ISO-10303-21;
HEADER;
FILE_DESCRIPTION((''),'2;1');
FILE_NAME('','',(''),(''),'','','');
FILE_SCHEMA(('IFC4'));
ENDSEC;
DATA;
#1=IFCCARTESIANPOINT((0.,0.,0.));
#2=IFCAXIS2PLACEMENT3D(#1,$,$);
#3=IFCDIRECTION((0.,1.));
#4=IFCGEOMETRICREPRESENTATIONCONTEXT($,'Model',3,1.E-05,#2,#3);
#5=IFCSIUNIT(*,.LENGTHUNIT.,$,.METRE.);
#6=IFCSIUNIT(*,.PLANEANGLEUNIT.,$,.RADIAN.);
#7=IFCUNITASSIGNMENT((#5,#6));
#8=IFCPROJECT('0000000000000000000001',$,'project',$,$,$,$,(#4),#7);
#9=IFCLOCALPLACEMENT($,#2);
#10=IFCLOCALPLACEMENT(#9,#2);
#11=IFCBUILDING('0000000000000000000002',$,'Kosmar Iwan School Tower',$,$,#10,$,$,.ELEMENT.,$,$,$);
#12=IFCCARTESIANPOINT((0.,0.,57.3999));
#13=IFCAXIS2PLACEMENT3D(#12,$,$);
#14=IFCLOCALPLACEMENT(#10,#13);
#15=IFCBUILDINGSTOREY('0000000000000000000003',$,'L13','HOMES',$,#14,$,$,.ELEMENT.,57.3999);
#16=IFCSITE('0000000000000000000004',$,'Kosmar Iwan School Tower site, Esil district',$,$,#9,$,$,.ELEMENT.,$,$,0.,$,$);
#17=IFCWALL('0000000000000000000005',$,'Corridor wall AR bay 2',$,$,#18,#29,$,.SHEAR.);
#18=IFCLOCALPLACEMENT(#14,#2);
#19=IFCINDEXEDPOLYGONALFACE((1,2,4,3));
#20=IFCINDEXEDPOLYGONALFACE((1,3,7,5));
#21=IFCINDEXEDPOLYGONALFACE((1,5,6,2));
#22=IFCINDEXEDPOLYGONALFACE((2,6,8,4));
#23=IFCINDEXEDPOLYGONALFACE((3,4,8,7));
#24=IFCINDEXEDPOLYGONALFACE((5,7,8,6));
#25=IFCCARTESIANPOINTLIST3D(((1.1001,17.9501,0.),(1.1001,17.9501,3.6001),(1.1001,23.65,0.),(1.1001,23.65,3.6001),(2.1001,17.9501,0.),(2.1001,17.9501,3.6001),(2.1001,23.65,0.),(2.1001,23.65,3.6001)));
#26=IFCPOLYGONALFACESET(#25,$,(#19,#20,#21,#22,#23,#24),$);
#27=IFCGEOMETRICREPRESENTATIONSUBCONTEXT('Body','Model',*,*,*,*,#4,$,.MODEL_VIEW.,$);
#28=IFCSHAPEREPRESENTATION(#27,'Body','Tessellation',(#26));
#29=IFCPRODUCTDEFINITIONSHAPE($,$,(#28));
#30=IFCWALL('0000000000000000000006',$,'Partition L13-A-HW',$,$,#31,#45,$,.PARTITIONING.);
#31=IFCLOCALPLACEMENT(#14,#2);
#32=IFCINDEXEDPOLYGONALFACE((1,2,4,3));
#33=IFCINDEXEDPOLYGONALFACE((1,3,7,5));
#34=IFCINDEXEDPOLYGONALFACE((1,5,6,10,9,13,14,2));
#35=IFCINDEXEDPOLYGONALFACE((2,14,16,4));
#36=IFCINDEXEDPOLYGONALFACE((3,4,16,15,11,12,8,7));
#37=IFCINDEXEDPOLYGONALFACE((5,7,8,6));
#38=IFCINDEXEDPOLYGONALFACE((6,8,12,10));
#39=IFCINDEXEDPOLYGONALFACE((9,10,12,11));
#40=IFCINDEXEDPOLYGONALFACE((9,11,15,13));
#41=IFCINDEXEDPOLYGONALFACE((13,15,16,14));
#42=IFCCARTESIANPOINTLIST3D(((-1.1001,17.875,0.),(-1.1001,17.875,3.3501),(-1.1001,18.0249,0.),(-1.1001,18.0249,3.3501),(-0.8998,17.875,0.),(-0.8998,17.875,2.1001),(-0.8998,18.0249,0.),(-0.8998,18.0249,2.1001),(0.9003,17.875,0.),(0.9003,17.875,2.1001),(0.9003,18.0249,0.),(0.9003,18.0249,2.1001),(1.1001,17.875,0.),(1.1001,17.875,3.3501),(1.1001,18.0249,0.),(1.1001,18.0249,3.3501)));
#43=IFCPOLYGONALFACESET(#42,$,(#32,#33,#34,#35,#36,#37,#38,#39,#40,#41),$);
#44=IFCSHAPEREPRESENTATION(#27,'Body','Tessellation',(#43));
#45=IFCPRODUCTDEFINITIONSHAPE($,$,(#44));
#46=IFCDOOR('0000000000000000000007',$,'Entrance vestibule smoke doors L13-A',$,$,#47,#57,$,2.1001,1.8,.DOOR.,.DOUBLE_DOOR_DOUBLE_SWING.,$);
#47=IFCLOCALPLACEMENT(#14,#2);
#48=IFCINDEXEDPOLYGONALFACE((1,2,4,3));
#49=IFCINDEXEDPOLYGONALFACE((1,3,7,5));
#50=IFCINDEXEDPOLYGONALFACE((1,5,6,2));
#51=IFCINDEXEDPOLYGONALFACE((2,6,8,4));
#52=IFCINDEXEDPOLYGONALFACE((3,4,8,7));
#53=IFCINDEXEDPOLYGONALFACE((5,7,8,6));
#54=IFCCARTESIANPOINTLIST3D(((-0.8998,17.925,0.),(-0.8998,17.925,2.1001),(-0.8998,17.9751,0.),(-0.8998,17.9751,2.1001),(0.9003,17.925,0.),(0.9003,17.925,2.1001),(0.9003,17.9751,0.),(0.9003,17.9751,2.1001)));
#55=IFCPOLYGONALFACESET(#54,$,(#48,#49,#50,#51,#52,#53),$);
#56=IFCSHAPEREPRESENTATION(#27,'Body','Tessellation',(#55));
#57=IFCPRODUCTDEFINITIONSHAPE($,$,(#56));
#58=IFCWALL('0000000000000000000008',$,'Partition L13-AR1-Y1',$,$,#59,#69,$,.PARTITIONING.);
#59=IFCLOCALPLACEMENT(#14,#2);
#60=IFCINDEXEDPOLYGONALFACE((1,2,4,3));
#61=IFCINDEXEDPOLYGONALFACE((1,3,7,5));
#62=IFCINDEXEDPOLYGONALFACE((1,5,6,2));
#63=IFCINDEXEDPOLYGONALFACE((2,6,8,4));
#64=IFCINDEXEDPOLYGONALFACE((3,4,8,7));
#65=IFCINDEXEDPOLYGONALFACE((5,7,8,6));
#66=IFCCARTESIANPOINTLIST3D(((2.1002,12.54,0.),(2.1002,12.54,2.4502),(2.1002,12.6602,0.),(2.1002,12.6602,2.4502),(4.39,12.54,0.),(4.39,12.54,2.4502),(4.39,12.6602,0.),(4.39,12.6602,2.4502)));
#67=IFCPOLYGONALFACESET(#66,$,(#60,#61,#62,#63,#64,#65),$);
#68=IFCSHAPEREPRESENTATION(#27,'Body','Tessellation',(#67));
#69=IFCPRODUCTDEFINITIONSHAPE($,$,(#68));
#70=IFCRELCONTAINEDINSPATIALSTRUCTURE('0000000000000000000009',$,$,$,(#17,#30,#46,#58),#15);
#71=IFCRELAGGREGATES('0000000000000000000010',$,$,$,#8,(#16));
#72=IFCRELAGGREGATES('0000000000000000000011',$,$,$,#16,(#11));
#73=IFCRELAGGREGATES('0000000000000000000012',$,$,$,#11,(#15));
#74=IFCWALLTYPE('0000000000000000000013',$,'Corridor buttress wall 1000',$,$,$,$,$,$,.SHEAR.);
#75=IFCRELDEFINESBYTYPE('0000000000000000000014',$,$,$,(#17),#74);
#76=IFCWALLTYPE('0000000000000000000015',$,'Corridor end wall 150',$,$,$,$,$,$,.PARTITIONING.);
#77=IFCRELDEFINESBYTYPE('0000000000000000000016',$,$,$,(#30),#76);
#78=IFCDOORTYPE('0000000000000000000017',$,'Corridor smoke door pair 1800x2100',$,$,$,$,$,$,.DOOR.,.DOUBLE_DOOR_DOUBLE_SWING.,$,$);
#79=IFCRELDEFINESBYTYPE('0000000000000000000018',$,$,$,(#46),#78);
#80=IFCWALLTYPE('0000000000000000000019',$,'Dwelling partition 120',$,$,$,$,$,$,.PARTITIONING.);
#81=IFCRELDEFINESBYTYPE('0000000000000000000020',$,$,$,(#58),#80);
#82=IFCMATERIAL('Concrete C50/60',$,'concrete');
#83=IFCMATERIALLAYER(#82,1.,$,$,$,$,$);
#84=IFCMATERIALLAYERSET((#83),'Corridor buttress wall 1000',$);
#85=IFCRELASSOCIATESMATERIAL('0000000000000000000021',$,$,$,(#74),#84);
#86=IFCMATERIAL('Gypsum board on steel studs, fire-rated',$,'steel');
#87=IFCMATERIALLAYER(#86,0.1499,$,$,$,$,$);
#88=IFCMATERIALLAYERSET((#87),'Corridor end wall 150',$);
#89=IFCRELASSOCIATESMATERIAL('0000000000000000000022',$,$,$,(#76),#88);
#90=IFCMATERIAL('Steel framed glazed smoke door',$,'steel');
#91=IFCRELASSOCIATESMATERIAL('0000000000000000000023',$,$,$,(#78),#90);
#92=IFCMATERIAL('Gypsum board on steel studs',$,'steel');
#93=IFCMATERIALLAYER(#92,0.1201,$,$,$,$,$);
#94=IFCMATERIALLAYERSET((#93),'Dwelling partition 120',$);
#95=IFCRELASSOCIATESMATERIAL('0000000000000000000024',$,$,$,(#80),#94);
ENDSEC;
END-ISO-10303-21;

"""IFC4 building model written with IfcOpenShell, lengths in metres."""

from ifc_helpers import new_model, si_unit, direction, frame, frame_2d, origin, place, context, subcontext, project, spatial, rectangle, extrude, material, layer, layer_set, type_object, element, fill, save


model = new_model("IFC4")

# Units and contexts
model_context = context("Model", 3, precision=1e-05, world=origin(), true_north=direction((0.0, 1.0)))
body_context = subcontext(model_context, "Body", "Model", "MODEL_VIEW")
ifc_project = project(units=[si_unit("LENGTHUNIT", "METRE"), si_unit("PLANEANGLEUNIT", "RADIAN")], contexts=[model_context])

# Site, building, storey
site_placement = place(None, origin())
site = spatial("IfcSite", under=ifc_project, at=site_placement, Name="Kosmar Iwan School Tower site, Esil district", CompositionType="ELEMENT", RefElevation=0.0)
building_placement = place(site_placement, origin())
building = spatial("IfcBuilding", under=site, at=building_placement, Name="Kosmar Iwan School Tower", CompositionType="ELEMENT")
storey_placement = place(building_placement, frame((0.0, 0.0, 57.3999)))
storey = spatial("IfcBuildingStorey", under=building, at=storey_placement, Name="L13", Description="HOMES", CompositionType="ELEMENT", Elevation=57.3999)

# Wall
ifc_material_1 = material(Name="Concrete C50/60", Category="concrete")
ifc_layer_1 = layer(ifc_material_1, 1.0)
ifc_layer_set_1 = layer_set([ifc_layer_1], Name="Corridor buttress wall 1000")
wall_type_1 = type_object("IfcWallType", Name="Corridor buttress wall 1000", PredefinedType="SHEAR", material=ifc_layer_set_1)
wall_1_placement = place(storey_placement, frame((1.6001, 17.95, 0.0), z_axis=(0.0, 0.0, 1.0), x_axis=(0.0, 1.0, 0.0)))
element("IfcWall", 1, at=wall_1_placement, inside=storey, type_object=wall_type_1, Name="Corridor wall AR bay 2", PredefinedType="SHEAR", context=body_context, shape_type="SweptSolid", body=[
    extrude(rectangle(XDim=5.7, YDim=1.0, at=frame_2d((2.8501, 0.0))), origin(), (0.0, 0.0, 1.0), 3.6001),
])

# Wall, opening, door
ifc_material_2 = material(Name="Gypsum board on steel studs, fire-rated", Category="steel")
ifc_layer_2 = layer(ifc_material_2, 0.1499)
ifc_layer_set_2 = layer_set([ifc_layer_2], Name="Corridor end wall 150")
wall_type_2 = type_object("IfcWallType", Name="Corridor end wall 150", PredefinedType="PARTITIONING", material=ifc_layer_set_2)
wall_2_placement = place(storey_placement, frame((1.1001, 17.95, 0.0), z_axis=(0.0, 0.0, 1.0), x_axis=(-1.0, 0.0, 0.0)))
wall_2 = element("IfcWall", 2, at=wall_2_placement, inside=storey, type_object=wall_type_2, Name="Partition L13-A-HW", PredefinedType="PARTITIONING", context=body_context, shape_type="SweptSolid", body=[
    extrude(rectangle(XDim=2.2002, YDim=0.1499, at=frame_2d((1.1001, 0.0))), origin(), (0.0, 0.0, 1.0), 3.3501),
])
opening_1_placement = place(wall_2_placement, frame((0.2, 0.0, 0.0)))
opening_1 = element("IfcOpeningElement", 3, at=opening_1_placement, cuts=wall_2, PredefinedType="OPENING", context=body_context, shape_type="SweptSolid", body=[
    extrude(rectangle(XDim=1.8, YDim=2.1001, at=frame_2d((0.8999, 1.05))), frame((0.0, 0.0869, 0.0), z_axis=(0.0, -1.0, 0.0), x_axis=(1.0, 0.0, 0.0)), (0.0, 0.0, 1.0), 0.1738),
])
ifc_material_3 = material(Name="Steel framed glazed smoke door", Category="steel")
door_type_1 = type_object("IfcDoorType", Name="Corridor smoke door pair 1800x2100", OperationType="DOUBLE_DOOR_DOUBLE_SWING", PredefinedType="DOOR", material=ifc_material_3)
door_1_placement = place(opening_1_placement, origin())
door_1 = element("IfcDoor", 4, at=door_1_placement, inside=storey, type_object=door_type_1, Name="Entrance vestibule smoke doors L13-A", OperationType="DOUBLE_DOOR_DOUBLE_SWING", OverallHeight=2.1001, OverallWidth=1.8, PredefinedType="DOOR", context=body_context, shape_type="SweptSolid", body=[
    extrude(rectangle(XDim=1.8, YDim=2.1001, at=frame_2d((0.8999, 1.05))), frame((0.0, 0.0249, 0.0), z_axis=(0.0, -1.0, 0.0), x_axis=(1.0, 0.0, 0.0)), (0.0, 0.0, 1.0), 0.05),
])
fill(opening_1, door_1)

# Wall
ifc_material_4 = material(Name="Gypsum board on steel studs", Category="steel")
ifc_layer_3 = layer(ifc_material_4, 0.1201)
ifc_layer_set_3 = layer_set([ifc_layer_3], Name="Dwelling partition 120")
wall_type_3 = type_object("IfcWallType", Name="Dwelling partition 120", PredefinedType="PARTITIONING", material=ifc_layer_set_3)
wall_3_placement = place(storey_placement, frame((2.1001, 12.6001, 0.0), z_axis=(0.0, 0.0, 1.0), x_axis=(1.0, 0.0, 0.0)))
element("IfcWall", 5, at=wall_3_placement, inside=storey, type_object=wall_type_3, Name="Partition L13-AR1-Y1", PredefinedType="PARTITIONING", context=body_context, shape_type="SweptSolid", body=[
    extrude(rectangle(XDim=2.2898, YDim=0.1201, at=frame_2d((1.145, 0.0))), origin(), (0.0, 0.0, 1.0), 2.4502),
])

save(model, "model.ifc")
